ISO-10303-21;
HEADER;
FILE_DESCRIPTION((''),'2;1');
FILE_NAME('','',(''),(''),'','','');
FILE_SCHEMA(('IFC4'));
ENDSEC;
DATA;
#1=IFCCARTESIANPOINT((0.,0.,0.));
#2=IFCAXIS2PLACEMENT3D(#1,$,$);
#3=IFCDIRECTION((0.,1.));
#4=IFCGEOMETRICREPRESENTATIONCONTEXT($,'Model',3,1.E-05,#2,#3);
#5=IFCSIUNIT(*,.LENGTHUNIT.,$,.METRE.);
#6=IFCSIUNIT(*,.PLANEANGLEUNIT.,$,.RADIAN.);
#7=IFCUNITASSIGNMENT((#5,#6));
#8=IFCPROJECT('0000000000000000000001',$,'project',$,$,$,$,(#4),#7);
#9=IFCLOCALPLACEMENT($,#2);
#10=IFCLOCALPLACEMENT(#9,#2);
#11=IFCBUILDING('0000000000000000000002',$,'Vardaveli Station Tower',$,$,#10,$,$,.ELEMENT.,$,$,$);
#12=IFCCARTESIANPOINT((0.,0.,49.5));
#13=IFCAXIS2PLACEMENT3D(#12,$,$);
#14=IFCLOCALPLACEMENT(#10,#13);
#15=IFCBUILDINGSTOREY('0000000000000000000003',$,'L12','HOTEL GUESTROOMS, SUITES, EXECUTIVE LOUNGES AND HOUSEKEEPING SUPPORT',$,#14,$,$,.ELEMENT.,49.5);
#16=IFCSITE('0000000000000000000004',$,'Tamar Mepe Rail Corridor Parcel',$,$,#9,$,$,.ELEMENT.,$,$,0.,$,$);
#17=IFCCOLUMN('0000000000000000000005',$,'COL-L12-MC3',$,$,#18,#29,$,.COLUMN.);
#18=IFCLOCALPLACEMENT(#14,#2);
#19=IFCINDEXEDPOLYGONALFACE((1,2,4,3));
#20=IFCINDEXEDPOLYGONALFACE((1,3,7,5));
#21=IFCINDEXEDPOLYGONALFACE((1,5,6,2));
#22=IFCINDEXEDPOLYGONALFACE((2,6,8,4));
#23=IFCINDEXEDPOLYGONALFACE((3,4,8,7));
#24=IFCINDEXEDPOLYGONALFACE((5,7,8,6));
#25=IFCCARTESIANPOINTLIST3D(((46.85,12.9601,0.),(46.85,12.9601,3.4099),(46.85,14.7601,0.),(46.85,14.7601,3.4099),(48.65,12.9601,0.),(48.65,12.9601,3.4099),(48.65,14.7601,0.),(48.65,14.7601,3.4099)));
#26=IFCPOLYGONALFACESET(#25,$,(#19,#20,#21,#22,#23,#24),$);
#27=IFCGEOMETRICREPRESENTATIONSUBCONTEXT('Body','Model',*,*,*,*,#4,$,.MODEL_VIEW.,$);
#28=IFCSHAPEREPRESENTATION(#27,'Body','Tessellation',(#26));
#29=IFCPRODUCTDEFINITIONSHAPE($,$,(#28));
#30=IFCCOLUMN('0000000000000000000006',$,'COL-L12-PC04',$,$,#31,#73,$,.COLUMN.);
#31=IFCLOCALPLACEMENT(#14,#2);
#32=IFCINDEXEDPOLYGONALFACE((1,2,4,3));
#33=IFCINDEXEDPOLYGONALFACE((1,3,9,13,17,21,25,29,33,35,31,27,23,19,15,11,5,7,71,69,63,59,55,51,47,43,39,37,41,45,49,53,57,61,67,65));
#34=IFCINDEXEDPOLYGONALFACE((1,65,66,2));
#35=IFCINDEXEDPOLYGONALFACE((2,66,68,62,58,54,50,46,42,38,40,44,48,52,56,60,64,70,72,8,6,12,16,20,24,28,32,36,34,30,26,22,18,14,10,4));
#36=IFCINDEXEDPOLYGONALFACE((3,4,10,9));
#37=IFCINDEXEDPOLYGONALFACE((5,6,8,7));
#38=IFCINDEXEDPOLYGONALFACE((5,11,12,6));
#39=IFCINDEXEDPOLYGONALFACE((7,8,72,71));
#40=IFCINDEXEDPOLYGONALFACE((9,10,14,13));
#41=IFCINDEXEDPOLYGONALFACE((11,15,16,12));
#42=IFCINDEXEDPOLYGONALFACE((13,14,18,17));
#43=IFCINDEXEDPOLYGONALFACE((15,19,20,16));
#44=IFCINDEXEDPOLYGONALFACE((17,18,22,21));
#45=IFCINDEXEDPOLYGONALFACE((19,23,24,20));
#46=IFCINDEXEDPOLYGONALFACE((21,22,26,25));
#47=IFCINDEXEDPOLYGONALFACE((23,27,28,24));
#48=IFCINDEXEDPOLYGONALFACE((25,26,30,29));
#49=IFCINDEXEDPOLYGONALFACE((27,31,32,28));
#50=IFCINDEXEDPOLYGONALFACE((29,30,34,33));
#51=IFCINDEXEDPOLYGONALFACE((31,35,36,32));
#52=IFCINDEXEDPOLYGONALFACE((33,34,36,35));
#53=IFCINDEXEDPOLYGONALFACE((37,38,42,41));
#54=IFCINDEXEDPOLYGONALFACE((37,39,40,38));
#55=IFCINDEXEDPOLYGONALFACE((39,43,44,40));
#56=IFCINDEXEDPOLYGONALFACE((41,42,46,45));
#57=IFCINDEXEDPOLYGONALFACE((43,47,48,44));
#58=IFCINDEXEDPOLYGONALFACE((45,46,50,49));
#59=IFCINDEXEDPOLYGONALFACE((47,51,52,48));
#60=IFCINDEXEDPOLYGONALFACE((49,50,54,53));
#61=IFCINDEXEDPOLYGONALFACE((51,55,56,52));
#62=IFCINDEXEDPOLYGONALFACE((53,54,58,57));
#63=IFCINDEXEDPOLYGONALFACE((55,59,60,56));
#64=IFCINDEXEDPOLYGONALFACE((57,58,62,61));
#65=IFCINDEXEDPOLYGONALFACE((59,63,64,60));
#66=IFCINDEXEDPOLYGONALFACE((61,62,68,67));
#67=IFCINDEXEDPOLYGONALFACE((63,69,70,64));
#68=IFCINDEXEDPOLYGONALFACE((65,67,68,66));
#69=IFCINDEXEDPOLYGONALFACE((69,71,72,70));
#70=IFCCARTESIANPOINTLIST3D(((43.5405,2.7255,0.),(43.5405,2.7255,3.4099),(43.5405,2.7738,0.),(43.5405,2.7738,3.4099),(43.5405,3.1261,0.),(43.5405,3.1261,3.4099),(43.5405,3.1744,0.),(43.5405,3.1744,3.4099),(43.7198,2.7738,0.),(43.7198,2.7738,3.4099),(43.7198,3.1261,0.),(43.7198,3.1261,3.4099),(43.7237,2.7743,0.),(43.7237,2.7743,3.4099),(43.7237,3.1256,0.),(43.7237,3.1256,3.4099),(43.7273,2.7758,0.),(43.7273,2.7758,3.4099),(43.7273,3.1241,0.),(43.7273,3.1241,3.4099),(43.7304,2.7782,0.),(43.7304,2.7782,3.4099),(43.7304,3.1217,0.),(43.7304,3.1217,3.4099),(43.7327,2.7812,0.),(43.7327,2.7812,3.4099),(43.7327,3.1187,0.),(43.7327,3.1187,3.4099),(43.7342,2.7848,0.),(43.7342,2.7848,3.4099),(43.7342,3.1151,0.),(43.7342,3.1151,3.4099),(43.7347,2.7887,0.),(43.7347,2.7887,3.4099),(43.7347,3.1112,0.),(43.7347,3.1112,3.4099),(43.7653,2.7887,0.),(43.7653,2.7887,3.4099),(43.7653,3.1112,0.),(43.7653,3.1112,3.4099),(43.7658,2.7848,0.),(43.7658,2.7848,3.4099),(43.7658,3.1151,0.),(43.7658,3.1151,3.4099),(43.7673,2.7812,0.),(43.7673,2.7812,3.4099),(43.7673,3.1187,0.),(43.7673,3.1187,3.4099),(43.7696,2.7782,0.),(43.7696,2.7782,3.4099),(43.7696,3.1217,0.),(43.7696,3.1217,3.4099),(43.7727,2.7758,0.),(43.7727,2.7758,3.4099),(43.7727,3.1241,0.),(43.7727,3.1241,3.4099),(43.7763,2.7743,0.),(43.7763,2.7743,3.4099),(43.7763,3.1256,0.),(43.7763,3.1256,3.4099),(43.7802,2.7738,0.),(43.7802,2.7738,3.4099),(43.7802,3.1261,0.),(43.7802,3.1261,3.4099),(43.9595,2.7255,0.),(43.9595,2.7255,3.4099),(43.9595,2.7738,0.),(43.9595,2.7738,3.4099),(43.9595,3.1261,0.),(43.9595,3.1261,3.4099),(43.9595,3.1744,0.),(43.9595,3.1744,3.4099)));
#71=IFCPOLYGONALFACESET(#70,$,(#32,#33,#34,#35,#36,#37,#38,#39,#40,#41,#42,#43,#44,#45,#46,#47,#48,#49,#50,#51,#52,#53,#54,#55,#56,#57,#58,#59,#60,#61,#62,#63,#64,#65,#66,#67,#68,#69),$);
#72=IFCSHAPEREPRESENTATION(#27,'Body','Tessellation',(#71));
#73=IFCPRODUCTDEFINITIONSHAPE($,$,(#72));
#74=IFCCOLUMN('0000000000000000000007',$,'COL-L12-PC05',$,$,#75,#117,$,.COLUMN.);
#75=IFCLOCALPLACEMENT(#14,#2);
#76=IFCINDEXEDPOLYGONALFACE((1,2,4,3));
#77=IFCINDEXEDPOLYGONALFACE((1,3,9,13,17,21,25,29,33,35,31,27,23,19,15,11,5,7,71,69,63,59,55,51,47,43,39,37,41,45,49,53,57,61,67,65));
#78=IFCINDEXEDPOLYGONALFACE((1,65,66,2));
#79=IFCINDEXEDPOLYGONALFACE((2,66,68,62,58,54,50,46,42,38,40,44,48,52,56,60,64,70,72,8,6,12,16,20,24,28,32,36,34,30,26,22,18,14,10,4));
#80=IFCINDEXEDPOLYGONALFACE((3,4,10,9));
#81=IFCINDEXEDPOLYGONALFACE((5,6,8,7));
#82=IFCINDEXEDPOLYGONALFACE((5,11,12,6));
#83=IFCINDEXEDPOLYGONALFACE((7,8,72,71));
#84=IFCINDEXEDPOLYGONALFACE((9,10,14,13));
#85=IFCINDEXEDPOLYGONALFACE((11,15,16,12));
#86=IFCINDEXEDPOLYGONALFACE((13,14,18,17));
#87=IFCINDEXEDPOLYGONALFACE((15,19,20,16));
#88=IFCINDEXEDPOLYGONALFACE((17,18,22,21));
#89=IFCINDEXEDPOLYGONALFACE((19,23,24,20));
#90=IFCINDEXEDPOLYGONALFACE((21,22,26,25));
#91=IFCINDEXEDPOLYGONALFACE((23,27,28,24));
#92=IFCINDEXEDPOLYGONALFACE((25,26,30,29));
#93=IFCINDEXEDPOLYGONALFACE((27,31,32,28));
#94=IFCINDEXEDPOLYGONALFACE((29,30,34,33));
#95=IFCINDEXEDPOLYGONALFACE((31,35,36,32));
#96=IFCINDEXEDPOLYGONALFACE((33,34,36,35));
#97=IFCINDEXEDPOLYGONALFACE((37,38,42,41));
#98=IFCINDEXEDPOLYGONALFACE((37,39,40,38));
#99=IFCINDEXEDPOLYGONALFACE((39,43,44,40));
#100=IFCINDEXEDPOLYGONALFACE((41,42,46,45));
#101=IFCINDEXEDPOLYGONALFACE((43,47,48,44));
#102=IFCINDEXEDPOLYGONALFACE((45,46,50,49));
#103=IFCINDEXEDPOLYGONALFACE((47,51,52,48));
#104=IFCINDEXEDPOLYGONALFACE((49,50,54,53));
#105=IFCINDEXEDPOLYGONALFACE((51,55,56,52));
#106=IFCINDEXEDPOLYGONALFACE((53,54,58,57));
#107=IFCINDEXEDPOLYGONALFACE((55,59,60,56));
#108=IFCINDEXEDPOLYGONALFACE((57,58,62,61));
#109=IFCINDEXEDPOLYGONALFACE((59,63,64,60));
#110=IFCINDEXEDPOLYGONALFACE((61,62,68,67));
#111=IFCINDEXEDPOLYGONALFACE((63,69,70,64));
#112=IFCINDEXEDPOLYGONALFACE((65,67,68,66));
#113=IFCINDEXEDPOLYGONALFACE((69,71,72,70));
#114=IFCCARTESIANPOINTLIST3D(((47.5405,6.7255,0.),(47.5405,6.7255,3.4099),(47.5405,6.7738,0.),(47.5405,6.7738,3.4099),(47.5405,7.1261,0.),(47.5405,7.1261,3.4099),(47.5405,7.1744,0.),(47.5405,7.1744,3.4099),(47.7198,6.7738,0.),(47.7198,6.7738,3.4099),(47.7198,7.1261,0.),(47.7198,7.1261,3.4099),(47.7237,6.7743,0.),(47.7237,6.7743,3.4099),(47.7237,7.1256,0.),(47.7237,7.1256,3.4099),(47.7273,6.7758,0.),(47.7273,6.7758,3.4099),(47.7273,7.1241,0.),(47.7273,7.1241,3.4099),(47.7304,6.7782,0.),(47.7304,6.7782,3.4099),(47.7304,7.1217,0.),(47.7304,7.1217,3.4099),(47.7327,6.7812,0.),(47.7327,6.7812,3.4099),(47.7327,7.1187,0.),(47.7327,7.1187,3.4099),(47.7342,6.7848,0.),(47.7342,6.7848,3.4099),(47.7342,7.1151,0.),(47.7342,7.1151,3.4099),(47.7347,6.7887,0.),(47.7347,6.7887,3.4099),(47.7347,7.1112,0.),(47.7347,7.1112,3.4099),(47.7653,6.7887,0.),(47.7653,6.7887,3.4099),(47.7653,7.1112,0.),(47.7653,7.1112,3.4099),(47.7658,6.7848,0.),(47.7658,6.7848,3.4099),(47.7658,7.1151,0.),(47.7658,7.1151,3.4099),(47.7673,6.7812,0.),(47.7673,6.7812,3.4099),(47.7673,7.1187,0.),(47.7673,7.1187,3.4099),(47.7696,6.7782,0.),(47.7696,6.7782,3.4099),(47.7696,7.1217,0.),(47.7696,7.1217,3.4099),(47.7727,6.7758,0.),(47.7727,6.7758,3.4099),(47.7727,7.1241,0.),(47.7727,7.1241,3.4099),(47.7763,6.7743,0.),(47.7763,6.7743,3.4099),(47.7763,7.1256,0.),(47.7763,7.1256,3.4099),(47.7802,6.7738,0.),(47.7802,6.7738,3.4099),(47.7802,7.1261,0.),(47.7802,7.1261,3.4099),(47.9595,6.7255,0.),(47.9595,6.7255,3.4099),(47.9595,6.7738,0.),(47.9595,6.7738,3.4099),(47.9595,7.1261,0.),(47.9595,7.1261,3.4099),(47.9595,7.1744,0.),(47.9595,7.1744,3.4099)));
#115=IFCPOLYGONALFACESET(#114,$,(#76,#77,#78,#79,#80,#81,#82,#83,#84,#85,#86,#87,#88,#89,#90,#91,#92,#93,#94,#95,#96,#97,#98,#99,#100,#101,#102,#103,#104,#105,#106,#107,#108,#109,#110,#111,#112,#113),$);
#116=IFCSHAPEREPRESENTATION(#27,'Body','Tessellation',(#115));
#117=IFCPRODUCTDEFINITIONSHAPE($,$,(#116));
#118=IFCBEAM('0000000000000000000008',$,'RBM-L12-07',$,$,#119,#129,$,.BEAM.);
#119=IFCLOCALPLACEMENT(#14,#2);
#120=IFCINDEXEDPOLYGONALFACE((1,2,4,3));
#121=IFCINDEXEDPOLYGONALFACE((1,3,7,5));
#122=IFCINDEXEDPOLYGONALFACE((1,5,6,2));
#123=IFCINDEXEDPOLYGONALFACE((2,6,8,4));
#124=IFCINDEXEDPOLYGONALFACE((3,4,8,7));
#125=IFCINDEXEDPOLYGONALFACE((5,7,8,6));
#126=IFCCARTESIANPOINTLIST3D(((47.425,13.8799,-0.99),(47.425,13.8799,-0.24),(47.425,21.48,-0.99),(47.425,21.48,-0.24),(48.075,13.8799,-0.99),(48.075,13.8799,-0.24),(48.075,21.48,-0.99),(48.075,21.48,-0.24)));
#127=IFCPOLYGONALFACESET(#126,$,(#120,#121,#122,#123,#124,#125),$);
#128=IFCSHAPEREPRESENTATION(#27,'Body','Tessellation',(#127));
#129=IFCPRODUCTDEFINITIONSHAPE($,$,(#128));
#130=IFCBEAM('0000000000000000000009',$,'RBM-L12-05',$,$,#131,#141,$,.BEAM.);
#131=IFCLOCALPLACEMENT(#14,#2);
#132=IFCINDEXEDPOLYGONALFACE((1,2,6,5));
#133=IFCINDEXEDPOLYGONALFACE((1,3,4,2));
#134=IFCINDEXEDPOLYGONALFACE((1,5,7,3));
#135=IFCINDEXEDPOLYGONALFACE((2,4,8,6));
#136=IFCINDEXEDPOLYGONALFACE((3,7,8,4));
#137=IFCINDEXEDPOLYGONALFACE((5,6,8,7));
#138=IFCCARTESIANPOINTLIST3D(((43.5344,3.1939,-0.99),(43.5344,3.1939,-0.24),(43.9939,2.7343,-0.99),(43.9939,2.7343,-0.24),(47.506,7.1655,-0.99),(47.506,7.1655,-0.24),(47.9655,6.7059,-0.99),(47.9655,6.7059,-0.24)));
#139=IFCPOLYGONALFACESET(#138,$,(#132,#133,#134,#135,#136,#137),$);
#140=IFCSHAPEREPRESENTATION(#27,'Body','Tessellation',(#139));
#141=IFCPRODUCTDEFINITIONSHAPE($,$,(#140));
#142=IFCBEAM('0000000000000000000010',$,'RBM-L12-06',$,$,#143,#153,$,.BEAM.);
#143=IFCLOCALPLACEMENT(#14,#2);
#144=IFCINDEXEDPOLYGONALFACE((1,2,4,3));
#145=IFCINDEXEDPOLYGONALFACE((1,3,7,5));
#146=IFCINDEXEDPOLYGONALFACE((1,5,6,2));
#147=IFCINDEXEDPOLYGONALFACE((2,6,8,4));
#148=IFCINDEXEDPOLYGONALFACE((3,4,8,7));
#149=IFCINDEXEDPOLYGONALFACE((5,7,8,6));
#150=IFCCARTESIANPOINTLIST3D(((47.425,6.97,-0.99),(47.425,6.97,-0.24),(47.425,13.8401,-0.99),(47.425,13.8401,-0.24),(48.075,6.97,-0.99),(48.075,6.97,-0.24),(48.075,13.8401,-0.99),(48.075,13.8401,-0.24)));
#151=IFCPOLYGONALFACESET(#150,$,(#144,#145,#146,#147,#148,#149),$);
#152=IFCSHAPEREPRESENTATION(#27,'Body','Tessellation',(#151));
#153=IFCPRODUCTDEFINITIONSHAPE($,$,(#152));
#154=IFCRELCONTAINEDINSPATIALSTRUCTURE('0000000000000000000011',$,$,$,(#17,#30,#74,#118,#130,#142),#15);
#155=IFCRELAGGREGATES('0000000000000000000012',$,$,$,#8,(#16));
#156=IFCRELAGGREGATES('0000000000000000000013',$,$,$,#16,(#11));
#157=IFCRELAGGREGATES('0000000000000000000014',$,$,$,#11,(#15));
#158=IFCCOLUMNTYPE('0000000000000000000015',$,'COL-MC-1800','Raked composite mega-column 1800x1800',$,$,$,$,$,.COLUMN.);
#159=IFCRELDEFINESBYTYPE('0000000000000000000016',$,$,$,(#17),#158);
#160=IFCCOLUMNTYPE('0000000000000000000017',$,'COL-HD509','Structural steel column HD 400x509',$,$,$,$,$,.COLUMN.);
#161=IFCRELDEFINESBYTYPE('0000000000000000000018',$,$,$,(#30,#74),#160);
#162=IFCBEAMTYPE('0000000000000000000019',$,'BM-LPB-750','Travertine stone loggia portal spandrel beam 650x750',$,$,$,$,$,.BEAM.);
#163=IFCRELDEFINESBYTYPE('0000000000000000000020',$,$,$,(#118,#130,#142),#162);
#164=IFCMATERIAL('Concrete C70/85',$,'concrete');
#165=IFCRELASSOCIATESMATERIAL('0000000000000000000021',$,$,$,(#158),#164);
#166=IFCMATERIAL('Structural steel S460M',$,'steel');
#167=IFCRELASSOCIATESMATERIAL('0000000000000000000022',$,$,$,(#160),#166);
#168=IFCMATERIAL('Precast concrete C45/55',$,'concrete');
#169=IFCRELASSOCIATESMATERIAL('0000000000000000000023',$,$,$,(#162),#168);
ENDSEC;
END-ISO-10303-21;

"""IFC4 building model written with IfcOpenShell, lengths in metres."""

from ifc_helpers import new_model, si_unit, direction, frame, origin, origin_2d, place, context, subcontext, project, spatial, rectangle, i_section, extrude, source, transform, mapped, material, material_profile, profile_set, type_object, element, save


model = new_model("IFC4")

# Units and contexts
model_context = context("Model", 3, precision=1e-05, world=origin(), true_north=direction((0.0, 1.0)))
body_context = subcontext(model_context, "Body", "Model", "MODEL_VIEW")
ifc_project = project(units=[si_unit("LENGTHUNIT", "METRE"), si_unit("PLANEANGLEUNIT", "RADIAN")], contexts=[model_context])

# Site, building, storey
site_placement = place(None, origin())
site = spatial("IfcSite", under=ifc_project, at=site_placement, Name="Tamar Mepe Rail Corridor Parcel", CompositionType="ELEMENT", RefElevation=0.0)
building_placement = place(site_placement, origin())
building = spatial("IfcBuilding", under=site, at=building_placement, Name="Vardaveli Station Tower", CompositionType="ELEMENT")
storey_placement = place(building_placement, frame((0.0, 0.0, 49.5)))
storey = spatial("IfcBuildingStorey", under=building, at=storey_placement, Name="L12", Description="HOTEL GUESTROOMS, SUITES, EXECUTIVE LOUNGES AND HOUSEKEEPING SUPPORT", CompositionType="ELEMENT", Elevation=49.5)

# Columns
ifc_material_1 = material(Name="Concrete C70/85", Category="concrete")
ifc_material_profile_1 = material_profile(ifc_material_1, rectangle(XDim=1.8, YDim=1.8, at=origin_2d()), Name="MC 1800x1800")
ifc_profile_set_1 = profile_set([ifc_material_profile_1], Name="Concrete C70/85")
column_type_1 = type_object("IfcColumnType", Name="COL-MC-1800", Description="Raked composite mega-column 1800x1800", PredefinedType="COLUMN", material=ifc_profile_set_1)
shared_shape_1 = source(origin(), body_context, "Body", "SweptSolid", [
    extrude(rectangle(XDim=1.8, YDim=1.8, at=origin_2d()), origin(), (0.0, 0.0, 1.0), 3.4099),
])
column_placement = place(storey_placement, frame((47.75, 13.8601, 0.0), z_axis=(0.0, 0.0, 1.0), x_axis=(1.0, 0.0, 0.0)))
element("IfcColumn", 1, at=column_placement, inside=storey, type_object=column_type_1, Name="COL-L12-MC3", PredefinedType="COLUMN", context=body_context, shape_type="MappedRepresentation", body=[
    mapped(shared_shape_1, transform((0.0, 0.0, 0.0), scale=1.0)),
])
ifc_material_2 = material(Name="Structural steel S460M", Category="steel")
ifc_material_profile_2 = material_profile(ifc_material_2, i_section(OverallWidth=0.4189, OverallDepth=0.449, WebThickness=0.0305, FlangeThickness=0.0483, FilletRadius=0.0149, at=origin_2d()), Name="HD 400x509")
ifc_profile_set_2 = profile_set([ifc_material_profile_2], Name="Structural steel S460M")
column_type_2 = type_object("IfcColumnType", Name="COL-HD509", Description="Structural steel column HD 400x509", PredefinedType="COLUMN", material=ifc_profile_set_2)
shared_shape_2 = source(origin(), body_context, "Body", "SweptSolid", [
    extrude(i_section(OverallWidth=0.4189, OverallDepth=0.449, WebThickness=0.0305, FlangeThickness=0.0483, FilletRadius=0.0149, at=origin_2d()), origin(), (0.0, 0.0, 1.0), 3.4099),
])
for number, where, z_axis, x_axis, name in (
    (2, (43.75, 2.95, 0.0), (0.0, 0.0, 1.0), (1.0, 0.0, 0.0), "COL-L12-PC04"),
    (3, (47.75, 6.95, 0.0), (0.0, 0.0, 1.0), (1.0, 0.0, 0.0), "COL-L12-PC05"),
):
    element("IfcColumn", number, at=place(storey_placement, frame(where, z_axis=z_axis, x_axis=x_axis)), inside=storey, type_object=column_type_2, Name=name, PredefinedType="COLUMN", context=body_context, shape_type="MappedRepresentation", body=[
        mapped(shared_shape_2, transform((0.0, 0.0, 0.0), scale=1.0)),
    ])

# Beams
ifc_material_3 = material(Name="Precast concrete C45/55", Category="concrete")
ifc_material_profile_3 = material_profile(ifc_material_3, rectangle(XDim=0.6499, YDim=0.75, at=origin_2d()), Name="LPB 650x750")
ifc_profile_set_3 = profile_set([ifc_material_profile_3], Name="Precast concrete C45/55")
beam_type_1 = type_object("IfcBeamType", Name="BM-LPB-750", Description="Travertine stone loggia portal spandrel beam 650x750", PredefinedType="BEAM", material=ifc_profile_set_3)
shared_shape_3 = source(origin(), body_context, "Body", "SweptSolid", [
    extrude(rectangle(XDim=0.6499, YDim=0.75, at=origin_2d()), origin(), (0.0, 0.0, 1.0), 7.6001),
])
beam_1_placement = place(storey_placement, frame((47.75, 13.8799, -0.615), z_axis=(0.0, 1.0, 0.0), x_axis=(-1.0, 0.0, 0.0)))
element("IfcBeam", 4, at=beam_1_placement, inside=storey, type_object=beam_type_1, Name="RBM-L12-07", PredefinedType="BEAM", context=body_context, shape_type="MappedRepresentation", body=[
    mapped(shared_shape_3, transform((0.0, 0.0, 0.0), scale=1.0)),
])
shared_shape_4 = source(origin(), body_context, "Body", "SweptSolid", [
    extrude(rectangle(XDim=0.6499, YDim=0.75, at=origin_2d()), origin(), (0.0, 0.0, 1.0), 5.6167),
])
beam_2_placement = place(storey_placement, frame((43.7642, 2.9641, -0.615), z_axis=(0.707107, 0.707107, 0.0), x_axis=(-0.707107, 0.707107, 0.0)))
element("IfcBeam", 5, at=beam_2_placement, inside=storey, type_object=beam_type_1, Name="RBM-L12-05", PredefinedType="BEAM", context=body_context, shape_type="MappedRepresentation", body=[
    mapped(shared_shape_4, transform((0.0, 0.0, 0.0), scale=1.0)),
])
shared_shape_5 = source(origin(), body_context, "Body", "SweptSolid", [
    extrude(rectangle(XDim=0.6499, YDim=0.75, at=origin_2d()), origin(), (0.0, 0.0, 1.0), 6.8701),
])
beam_3_placement = place(storey_placement, frame((47.75, 6.97, -0.615), z_axis=(0.0, 1.0, 0.0), x_axis=(-1.0, 0.0, 0.0)))
element("IfcBeam", 6, at=beam_3_placement, inside=storey, type_object=beam_type_1, Name="RBM-L12-06", PredefinedType="BEAM", context=body_context, shape_type="MappedRepresentation", body=[
    mapped(shared_shape_5, transform((0.0, 0.0, 0.0), scale=1.0)),
])

save(model, "model.ifc")
